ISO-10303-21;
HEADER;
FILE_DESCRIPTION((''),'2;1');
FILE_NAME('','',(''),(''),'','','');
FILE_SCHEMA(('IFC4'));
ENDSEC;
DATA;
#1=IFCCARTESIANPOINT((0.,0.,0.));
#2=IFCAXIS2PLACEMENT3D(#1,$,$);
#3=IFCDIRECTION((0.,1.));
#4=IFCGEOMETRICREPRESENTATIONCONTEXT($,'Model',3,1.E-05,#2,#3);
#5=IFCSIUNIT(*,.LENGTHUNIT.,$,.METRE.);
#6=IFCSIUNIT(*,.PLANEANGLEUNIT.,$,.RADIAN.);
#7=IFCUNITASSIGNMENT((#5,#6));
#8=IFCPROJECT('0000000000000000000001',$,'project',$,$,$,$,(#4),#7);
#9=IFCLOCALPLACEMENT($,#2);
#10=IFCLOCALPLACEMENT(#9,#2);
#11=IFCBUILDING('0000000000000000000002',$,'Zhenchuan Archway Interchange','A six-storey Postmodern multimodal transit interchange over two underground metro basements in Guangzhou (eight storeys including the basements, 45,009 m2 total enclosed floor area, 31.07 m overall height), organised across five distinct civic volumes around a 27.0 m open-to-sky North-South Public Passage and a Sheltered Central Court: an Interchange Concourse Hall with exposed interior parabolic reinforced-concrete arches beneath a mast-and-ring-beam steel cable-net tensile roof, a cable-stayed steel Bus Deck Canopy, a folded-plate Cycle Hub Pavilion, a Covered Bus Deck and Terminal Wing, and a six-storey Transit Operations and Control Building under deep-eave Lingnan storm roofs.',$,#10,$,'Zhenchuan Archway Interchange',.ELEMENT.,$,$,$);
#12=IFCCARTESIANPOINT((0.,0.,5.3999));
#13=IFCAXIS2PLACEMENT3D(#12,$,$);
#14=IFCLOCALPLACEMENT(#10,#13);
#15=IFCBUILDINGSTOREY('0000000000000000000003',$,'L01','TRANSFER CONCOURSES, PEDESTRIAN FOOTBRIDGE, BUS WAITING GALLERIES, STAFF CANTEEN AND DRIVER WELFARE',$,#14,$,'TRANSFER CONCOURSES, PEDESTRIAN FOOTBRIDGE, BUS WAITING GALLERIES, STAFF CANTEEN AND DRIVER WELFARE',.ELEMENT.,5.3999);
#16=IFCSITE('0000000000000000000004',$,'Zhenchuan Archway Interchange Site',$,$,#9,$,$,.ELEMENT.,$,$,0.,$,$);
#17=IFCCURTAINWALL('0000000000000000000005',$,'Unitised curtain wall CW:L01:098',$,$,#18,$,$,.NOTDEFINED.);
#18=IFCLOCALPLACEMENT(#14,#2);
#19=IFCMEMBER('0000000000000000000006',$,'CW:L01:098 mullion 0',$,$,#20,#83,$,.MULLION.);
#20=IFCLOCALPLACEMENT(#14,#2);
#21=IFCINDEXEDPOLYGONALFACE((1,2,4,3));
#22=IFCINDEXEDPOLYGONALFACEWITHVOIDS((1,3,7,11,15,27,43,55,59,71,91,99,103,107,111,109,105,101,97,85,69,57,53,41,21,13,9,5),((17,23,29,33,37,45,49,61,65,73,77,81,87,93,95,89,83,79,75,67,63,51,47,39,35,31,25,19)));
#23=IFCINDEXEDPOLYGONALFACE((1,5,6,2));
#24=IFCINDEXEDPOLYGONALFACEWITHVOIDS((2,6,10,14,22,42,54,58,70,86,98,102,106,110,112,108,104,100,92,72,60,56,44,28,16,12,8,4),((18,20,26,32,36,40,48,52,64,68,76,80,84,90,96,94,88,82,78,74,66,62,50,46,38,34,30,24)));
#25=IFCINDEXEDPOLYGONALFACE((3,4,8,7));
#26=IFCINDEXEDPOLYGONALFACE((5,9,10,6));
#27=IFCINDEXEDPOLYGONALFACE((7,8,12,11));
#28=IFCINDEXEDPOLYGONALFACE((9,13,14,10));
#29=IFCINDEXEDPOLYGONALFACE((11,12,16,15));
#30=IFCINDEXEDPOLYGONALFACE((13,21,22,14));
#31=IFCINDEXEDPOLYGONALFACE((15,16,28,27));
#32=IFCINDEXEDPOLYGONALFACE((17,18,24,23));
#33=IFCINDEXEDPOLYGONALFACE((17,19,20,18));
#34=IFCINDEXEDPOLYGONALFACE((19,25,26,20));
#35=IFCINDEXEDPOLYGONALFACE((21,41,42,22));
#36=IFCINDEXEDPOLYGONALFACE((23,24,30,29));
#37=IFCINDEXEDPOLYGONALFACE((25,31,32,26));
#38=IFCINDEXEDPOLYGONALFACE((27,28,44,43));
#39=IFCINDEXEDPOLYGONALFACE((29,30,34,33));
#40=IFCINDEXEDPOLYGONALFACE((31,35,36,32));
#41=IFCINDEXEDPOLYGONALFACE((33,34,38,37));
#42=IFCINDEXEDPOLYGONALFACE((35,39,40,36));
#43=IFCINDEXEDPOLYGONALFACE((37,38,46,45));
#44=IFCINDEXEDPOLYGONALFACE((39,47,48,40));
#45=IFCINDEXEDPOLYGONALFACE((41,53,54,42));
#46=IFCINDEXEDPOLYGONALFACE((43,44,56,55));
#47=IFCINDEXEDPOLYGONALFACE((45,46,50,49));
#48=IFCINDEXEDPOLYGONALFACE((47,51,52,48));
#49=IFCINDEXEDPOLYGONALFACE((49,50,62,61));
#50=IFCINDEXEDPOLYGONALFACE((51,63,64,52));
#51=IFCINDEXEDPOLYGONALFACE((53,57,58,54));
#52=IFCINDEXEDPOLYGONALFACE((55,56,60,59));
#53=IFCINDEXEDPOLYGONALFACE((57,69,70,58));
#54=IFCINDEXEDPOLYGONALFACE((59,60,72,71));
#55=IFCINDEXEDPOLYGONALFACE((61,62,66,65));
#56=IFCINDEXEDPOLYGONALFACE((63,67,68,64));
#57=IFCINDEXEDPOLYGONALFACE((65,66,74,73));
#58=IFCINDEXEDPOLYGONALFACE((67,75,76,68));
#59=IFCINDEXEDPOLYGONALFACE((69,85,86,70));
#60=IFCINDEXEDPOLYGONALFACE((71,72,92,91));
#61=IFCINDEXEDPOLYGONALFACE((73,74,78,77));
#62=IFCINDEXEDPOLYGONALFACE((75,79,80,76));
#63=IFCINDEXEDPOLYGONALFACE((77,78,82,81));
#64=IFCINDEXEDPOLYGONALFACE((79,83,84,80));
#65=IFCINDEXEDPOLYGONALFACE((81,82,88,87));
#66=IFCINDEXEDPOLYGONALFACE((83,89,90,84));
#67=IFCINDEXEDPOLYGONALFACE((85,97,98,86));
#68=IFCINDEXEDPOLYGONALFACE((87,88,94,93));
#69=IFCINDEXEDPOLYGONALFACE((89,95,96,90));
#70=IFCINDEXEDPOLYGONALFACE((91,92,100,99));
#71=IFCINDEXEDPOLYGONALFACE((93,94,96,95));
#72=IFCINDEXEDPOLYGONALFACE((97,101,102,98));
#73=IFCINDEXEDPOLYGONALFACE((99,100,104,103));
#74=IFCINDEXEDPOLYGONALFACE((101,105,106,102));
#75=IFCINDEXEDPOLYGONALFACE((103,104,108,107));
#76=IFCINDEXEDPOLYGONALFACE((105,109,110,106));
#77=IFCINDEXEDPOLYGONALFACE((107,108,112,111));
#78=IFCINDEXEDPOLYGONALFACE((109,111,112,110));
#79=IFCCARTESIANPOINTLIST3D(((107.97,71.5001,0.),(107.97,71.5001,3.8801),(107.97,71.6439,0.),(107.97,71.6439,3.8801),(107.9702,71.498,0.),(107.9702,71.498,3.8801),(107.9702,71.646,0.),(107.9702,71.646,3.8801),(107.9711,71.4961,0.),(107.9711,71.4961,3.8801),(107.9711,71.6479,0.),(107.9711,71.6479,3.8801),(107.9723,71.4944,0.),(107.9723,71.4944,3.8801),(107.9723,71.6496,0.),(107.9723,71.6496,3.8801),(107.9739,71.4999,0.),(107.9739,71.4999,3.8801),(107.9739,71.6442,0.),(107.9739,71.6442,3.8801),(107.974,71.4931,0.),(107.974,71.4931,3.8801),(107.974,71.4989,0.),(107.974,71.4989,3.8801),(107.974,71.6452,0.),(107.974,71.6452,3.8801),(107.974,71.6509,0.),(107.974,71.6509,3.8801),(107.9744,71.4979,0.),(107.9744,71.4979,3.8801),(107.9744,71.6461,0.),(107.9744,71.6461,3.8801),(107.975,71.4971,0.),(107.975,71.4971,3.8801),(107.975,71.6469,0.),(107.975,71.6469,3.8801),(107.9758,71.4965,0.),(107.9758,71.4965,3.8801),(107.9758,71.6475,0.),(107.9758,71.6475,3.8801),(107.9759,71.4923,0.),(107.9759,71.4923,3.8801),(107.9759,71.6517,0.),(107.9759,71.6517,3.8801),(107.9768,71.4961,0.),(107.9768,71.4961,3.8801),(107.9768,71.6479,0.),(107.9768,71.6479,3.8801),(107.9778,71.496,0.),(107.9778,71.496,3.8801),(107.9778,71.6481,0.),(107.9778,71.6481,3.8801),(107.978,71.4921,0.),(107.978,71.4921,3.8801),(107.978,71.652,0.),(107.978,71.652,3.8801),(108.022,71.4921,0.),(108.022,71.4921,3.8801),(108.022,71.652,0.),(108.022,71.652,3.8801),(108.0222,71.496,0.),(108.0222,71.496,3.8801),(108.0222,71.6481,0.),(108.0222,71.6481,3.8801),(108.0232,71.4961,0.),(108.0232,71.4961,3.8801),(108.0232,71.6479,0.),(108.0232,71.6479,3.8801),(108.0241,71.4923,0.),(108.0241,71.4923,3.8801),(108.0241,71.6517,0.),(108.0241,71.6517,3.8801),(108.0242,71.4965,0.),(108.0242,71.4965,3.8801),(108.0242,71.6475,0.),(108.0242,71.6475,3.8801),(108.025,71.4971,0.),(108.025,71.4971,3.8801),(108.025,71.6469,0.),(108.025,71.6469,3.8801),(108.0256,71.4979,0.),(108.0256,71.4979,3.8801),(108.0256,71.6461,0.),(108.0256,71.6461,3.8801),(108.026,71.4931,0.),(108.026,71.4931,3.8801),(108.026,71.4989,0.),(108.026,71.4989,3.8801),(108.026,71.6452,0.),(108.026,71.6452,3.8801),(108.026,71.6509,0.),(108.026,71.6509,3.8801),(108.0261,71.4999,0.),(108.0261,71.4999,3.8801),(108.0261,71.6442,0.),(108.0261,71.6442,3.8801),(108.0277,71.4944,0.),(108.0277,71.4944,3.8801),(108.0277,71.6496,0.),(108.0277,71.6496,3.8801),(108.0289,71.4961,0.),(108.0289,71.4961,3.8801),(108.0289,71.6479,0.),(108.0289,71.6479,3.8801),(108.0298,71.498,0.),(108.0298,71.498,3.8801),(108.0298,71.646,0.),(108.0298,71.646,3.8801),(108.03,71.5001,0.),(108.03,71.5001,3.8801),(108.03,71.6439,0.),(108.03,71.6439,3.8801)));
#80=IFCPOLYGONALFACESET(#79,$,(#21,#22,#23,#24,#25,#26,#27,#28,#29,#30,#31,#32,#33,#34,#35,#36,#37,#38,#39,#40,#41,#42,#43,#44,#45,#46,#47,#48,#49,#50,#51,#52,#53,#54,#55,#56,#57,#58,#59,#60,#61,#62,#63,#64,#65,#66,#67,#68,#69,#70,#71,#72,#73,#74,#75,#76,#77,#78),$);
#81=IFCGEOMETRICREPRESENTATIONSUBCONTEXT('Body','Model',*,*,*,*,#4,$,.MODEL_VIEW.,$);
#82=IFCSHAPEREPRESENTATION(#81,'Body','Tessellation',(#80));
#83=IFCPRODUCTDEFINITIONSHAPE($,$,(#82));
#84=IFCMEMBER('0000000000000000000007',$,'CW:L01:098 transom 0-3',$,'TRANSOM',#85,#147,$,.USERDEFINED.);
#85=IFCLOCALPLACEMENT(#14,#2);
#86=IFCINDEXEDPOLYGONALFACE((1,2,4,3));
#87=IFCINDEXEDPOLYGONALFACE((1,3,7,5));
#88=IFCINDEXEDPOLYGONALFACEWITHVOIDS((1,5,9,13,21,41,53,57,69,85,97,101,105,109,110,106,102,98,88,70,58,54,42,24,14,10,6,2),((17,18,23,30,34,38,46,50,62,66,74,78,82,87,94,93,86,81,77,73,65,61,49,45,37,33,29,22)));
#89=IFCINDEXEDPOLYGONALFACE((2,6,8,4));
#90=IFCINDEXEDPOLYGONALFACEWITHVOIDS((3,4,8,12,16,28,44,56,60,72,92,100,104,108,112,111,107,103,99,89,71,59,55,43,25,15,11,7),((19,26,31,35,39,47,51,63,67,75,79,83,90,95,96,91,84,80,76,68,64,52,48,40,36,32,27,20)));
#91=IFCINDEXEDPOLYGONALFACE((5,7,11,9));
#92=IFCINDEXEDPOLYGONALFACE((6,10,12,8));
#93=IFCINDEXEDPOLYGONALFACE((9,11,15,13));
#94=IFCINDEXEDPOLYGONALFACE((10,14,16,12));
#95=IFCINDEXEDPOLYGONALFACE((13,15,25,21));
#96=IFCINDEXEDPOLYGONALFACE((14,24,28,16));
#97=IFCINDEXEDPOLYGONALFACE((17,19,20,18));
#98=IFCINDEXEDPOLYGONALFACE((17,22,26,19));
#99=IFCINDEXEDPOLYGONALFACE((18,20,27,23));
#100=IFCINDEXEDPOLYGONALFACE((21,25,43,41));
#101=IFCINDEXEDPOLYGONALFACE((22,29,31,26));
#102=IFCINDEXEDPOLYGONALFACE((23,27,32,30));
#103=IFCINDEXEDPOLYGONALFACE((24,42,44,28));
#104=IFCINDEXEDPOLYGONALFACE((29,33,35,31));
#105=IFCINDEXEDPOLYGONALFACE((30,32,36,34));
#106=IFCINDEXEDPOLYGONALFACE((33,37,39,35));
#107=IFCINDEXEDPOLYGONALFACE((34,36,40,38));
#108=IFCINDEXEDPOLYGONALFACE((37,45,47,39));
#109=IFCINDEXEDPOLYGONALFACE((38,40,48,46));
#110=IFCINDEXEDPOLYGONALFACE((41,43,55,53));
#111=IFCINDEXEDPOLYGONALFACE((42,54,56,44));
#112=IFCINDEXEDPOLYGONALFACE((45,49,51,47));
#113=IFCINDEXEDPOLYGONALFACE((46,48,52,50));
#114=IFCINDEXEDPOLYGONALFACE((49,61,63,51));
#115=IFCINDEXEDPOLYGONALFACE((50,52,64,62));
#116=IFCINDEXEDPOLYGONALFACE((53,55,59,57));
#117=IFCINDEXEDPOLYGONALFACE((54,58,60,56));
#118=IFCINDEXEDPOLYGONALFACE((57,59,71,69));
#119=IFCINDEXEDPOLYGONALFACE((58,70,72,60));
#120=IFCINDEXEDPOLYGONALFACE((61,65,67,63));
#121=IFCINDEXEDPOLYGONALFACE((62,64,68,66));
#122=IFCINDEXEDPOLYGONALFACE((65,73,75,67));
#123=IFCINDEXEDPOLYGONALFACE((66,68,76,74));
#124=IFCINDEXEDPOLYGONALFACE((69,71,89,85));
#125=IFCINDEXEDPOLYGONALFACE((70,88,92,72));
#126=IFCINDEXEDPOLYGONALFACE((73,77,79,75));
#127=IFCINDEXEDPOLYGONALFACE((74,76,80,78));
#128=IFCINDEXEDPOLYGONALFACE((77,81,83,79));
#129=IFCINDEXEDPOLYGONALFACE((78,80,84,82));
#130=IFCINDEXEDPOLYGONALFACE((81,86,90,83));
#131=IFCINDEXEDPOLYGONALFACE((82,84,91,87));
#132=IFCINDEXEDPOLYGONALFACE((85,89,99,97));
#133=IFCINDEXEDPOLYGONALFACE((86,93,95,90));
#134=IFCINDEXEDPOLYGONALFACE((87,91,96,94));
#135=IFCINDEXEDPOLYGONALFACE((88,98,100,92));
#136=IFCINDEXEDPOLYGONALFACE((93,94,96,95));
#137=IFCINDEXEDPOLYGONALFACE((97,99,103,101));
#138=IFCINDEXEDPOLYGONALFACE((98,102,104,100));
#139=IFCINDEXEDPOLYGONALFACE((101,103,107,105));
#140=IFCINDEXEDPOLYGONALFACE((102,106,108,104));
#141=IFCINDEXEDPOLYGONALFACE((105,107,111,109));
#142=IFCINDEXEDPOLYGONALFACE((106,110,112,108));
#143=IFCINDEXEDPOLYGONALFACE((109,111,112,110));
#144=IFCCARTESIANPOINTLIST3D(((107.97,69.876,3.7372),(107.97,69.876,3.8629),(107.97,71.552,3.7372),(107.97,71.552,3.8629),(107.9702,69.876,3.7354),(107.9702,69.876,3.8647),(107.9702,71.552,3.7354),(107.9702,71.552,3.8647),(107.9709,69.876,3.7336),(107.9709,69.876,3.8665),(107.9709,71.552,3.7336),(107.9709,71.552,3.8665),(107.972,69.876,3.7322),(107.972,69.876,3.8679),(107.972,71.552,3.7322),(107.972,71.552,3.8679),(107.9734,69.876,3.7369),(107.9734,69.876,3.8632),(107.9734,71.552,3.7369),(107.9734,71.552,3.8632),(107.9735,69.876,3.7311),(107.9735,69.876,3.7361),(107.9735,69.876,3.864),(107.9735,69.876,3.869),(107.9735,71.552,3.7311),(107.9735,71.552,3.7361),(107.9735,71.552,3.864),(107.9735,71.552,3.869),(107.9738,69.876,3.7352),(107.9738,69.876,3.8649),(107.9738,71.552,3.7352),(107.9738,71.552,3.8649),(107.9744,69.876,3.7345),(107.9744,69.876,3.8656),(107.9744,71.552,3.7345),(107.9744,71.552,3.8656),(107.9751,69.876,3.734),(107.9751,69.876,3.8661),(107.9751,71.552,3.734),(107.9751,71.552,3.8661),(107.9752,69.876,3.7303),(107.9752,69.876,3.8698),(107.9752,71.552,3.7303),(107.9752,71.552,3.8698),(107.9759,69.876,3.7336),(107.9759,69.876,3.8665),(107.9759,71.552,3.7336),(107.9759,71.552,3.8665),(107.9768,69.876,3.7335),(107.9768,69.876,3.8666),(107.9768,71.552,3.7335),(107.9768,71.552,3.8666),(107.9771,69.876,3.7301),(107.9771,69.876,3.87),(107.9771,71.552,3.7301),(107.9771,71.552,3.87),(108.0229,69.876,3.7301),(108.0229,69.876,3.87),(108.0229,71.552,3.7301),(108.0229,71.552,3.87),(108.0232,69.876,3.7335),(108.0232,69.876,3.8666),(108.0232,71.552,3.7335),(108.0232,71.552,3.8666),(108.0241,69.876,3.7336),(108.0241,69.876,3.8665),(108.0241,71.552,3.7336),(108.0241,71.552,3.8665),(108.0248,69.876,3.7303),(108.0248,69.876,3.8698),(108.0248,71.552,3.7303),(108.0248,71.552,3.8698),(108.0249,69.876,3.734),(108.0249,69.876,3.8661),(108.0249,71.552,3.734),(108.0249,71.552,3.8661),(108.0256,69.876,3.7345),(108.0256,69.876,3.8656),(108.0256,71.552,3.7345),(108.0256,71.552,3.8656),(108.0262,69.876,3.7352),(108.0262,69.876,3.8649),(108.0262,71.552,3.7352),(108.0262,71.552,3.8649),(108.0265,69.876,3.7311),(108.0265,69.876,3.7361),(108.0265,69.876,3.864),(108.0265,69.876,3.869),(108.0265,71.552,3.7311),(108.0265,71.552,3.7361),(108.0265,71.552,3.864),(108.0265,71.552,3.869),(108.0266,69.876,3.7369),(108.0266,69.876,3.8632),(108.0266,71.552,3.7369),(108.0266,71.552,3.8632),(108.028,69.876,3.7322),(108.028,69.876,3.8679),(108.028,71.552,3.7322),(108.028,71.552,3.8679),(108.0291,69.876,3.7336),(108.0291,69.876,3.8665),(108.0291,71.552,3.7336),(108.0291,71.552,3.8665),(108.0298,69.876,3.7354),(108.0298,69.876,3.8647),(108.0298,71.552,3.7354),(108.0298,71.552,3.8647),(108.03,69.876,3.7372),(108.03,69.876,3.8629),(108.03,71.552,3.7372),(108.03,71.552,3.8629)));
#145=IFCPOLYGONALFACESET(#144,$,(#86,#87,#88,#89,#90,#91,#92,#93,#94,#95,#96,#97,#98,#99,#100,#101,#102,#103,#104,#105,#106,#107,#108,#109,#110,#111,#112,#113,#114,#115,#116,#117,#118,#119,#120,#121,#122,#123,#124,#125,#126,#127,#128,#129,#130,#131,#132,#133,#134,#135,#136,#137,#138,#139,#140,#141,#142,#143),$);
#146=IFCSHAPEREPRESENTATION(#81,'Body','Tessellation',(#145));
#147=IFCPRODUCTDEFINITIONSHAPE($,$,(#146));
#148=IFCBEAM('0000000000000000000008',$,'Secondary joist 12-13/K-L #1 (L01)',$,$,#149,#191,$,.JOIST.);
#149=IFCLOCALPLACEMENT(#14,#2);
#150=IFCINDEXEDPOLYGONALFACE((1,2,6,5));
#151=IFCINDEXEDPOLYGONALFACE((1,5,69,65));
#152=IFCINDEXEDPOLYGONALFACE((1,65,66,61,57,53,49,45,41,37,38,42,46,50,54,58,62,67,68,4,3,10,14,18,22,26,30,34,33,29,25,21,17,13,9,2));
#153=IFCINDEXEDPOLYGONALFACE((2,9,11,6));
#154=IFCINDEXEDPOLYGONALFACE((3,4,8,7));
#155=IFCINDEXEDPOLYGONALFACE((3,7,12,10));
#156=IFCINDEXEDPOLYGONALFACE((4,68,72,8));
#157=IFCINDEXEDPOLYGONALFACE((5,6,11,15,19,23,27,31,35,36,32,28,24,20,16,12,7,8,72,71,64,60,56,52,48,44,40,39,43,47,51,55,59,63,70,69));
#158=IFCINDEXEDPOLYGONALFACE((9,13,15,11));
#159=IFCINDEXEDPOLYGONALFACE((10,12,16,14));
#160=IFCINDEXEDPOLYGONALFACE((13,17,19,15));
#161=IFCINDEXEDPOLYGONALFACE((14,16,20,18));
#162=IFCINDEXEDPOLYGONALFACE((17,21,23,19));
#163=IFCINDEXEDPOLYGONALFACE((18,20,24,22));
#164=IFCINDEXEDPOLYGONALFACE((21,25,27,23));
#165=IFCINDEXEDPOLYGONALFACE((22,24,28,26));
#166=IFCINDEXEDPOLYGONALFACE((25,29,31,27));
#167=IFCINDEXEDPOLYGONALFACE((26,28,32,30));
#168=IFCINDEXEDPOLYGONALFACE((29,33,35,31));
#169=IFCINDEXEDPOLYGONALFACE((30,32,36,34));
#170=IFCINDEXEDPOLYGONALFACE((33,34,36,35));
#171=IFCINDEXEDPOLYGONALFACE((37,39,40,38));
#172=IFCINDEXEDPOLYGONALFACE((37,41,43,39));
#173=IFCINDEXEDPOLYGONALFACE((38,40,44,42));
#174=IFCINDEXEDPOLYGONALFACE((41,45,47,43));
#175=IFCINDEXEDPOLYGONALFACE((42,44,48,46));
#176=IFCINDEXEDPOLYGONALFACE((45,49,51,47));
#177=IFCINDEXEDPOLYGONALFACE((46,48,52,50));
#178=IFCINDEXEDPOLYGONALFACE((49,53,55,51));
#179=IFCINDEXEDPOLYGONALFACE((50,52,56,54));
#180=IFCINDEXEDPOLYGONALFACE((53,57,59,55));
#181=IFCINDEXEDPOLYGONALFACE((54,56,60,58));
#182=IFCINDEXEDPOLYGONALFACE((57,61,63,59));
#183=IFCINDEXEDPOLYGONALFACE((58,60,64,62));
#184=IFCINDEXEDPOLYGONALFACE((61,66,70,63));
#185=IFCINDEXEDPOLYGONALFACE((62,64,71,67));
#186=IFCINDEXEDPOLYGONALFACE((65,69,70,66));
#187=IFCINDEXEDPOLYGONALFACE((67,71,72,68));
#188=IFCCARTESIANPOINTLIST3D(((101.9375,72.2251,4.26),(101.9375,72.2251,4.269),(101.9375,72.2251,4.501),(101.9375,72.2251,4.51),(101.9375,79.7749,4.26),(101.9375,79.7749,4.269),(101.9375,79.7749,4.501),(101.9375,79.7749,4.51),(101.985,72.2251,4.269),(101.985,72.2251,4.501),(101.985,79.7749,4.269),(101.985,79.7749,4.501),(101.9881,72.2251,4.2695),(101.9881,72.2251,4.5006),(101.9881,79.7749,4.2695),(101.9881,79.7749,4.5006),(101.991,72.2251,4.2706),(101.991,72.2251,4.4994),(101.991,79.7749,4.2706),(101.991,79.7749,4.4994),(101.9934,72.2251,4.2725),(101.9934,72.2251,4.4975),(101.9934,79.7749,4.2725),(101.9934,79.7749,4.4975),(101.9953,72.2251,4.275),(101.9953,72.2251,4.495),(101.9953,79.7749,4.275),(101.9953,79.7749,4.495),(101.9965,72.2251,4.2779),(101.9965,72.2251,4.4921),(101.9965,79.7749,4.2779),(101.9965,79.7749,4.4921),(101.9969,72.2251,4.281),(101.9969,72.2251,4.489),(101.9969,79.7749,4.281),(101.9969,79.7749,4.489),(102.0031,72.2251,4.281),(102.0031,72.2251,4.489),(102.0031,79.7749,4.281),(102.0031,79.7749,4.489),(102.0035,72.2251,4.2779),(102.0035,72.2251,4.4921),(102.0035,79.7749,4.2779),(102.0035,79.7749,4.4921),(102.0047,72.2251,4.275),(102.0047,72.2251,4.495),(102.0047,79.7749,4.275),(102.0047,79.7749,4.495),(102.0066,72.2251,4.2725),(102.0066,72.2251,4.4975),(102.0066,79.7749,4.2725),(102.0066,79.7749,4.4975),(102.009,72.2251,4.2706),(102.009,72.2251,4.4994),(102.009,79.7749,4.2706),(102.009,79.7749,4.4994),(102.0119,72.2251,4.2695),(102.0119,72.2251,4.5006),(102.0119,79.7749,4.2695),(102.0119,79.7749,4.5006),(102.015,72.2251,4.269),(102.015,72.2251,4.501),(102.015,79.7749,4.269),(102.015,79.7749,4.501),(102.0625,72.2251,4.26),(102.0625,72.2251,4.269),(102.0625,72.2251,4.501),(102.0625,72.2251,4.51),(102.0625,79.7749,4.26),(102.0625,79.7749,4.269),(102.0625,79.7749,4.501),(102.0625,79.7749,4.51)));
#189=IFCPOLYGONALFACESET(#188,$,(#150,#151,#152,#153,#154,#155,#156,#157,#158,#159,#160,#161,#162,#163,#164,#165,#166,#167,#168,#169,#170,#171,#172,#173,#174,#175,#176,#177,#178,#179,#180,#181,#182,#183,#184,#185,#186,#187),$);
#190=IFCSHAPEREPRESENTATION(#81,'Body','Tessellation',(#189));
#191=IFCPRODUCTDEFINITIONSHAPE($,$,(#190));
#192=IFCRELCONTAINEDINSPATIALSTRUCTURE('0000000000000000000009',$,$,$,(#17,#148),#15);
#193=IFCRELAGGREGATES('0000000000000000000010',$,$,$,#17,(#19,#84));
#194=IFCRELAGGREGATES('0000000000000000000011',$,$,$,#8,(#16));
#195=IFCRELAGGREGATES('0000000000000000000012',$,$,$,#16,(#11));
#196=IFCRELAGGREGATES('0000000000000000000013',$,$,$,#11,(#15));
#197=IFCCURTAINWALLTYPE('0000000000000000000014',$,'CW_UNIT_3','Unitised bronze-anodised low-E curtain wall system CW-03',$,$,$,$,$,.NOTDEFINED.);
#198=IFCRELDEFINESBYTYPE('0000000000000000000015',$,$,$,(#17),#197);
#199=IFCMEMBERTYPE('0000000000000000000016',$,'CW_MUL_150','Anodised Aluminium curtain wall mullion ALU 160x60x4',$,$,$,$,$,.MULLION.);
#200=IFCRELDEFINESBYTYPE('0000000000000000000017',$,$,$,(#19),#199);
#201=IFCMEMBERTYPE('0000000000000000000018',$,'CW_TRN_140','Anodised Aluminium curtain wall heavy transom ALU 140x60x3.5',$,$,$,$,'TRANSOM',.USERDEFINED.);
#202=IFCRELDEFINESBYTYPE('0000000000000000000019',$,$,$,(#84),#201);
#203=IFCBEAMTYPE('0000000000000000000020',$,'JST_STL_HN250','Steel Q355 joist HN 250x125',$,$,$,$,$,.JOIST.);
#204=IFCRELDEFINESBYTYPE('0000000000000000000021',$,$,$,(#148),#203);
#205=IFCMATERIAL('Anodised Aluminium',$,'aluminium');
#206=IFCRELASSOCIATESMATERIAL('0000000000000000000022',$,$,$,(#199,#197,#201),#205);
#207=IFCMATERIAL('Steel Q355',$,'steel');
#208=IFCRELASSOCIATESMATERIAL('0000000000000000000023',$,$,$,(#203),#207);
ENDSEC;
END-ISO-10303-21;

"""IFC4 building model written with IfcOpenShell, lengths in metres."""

from ifc_helpers import new_model, si_unit, direction, frame, origin, origin_2d, place, context, subcontext, project, spatial, hollow_rectangle, i_section, extrude, material, material_profile, profile_set, type_object, element, aggregate, save


model = new_model("IFC4")

# Units and contexts
model_context = context("Model", 3, precision=1e-05, world=origin(), true_north=direction((0.0, 1.0)))
body_context = subcontext(model_context, "Body", "Model", "MODEL_VIEW")
ifc_project = project(units=[si_unit("LENGTHUNIT", "METRE"), si_unit("PLANEANGLEUNIT", "RADIAN")], contexts=[model_context])

# Site, building, storey
site_placement = place(None, origin())
site = spatial("IfcSite", under=ifc_project, at=site_placement, Name="Zhenchuan Archway Interchange Site", CompositionType="ELEMENT", RefElevation=0.0)
building_placement = place(site_placement, origin())
building = spatial("IfcBuilding", under=site, at=building_placement, Name="Zhenchuan Archway Interchange", Description="A six-storey Postmodern multimodal transit interchange over two underground metro basements in Guangzhou (eight storeys including the basements, 45,009 m2 total enclosed floor area, 31.07 m overall height), organised across five distinct civic volumes around a 27.0 m open-to-sky North-South Public Passage and a Sheltered Central Court: an Interchange Concourse Hall with exposed interior parabolic reinforced-concrete arches beneath a mast-and-ring-beam steel cable-net tensile roof, a cable-stayed steel Bus Deck Canopy, a folded-plate Cycle Hub Pavilion, a Covered Bus Deck and Terminal Wing, and a six-storey Transit Operations and Control Building under deep-eave Lingnan storm roofs.", LongName="Zhenchuan Archway Interchange", CompositionType="ELEMENT")
storey_placement = place(building_placement, frame((0.0, 0.0, 5.3999)))
storey = spatial("IfcBuildingStorey", under=building, at=storey_placement, Name="L01", Description="TRANSFER CONCOURSES, PEDESTRIAN FOOTBRIDGE, BUS WAITING GALLERIES, STAFF CANTEEN AND DRIVER WELFARE", LongName="TRANSFER CONCOURSES, PEDESTRIAN FOOTBRIDGE, BUS WAITING GALLERIES, STAFF CANTEEN AND DRIVER WELFARE", CompositionType="ELEMENT", Elevation=5.3999)

# Shared definitions
ifc_material_1 = material(Name="Anodised Aluminium", Category="aluminium")
ifc_material_profile_1 = material_profile(ifc_material_1, hollow_rectangle(XDim=0.0601, YDim=0.1599, WallThickness=0.0039, InnerFilletRadius=0.0039, OuterFilletRadius=0.0081, at=origin_2d()), Name="ALU 160x60x4")
ifc_profile_set_1 = profile_set([ifc_material_profile_1], Name="Anodised Aluminium")
member_type_1 = type_object("IfcMemberType", Name="CW_MUL_150", Description="Anodised Aluminium curtain wall mullion ALU 160x60x4", PredefinedType="MULLION", material=ifc_profile_set_1)

# Curtain wall, members
curtain_wall_type_1 = type_object("IfcCurtainWallType", Name="CW_UNIT_3", Description="Unitised bronze-anodised low-E curtain wall system CW-03", PredefinedType="NOTDEFINED", material=ifc_material_1)
curtain_wall_1_placement = place(storey_placement, origin())
curtain_wall_1 = element("IfcCurtainWall", 1, at=curtain_wall_1_placement, inside=storey, type_object=curtain_wall_type_1, Name="Unitised curtain wall CW:L01:098", PredefinedType="NOTDEFINED")
member_1_placement = place(storey_placement, frame((108.0, 71.572, 0.0), z_axis=(0.0, 0.0, 1.0), x_axis=(1.0, 0.0, 0.0)))
member_1 = element("IfcMember", 2, at=member_1_placement, type_object=member_type_1, Name="CW:L01:098 mullion 0", PredefinedType="MULLION", context=body_context, shape_type="SweptSolid", body=[
    extrude(hollow_rectangle(XDim=0.0601, YDim=0.1599, WallThickness=0.0039, InnerFilletRadius=0.0039, OuterFilletRadius=0.0081, at=origin_2d()), origin(), (0.0, 0.0, 1.0), 3.8801),
])
ifc_material_profile_2 = material_profile(ifc_material_1, hollow_rectangle(XDim=0.0601, YDim=0.1399, WallThickness=0.0034, InnerFilletRadius=0.0034, OuterFilletRadius=0.0071, at=origin_2d()), Name="ALU 140x60x3.5")
ifc_profile_set_2 = profile_set([ifc_material_profile_2], Name="Anodised Aluminium")
member_type_2 = type_object("IfcMemberType", Name="CW_TRN_140", Description="Anodised Aluminium curtain wall heavy transom ALU 140x60x3.5", ElementType="TRANSOM", PredefinedType="USERDEFINED", material=ifc_profile_set_2)
member_2_placement = place(storey_placement, frame((108.0, 71.552, 3.8), z_axis=(0.0, -1.0, 0.0), x_axis=(1.0, 0.0, 0.0)))
member_2 = element("IfcMember", 3, at=member_2_placement, type_object=member_type_2, Name="CW:L01:098 transom 0-3", ObjectType="TRANSOM", PredefinedType="USERDEFINED", context=body_context, shape_type="SweptSolid", body=[
    extrude(hollow_rectangle(XDim=0.0601, YDim=0.1399, WallThickness=0.0034, InnerFilletRadius=0.0034, OuterFilletRadius=0.0071, at=origin_2d()), origin(), (0.0, 0.0, 1.0), 1.676),
])
aggregate(curtain_wall_1, [member_1, member_2])

# Beam
ifc_material_2 = material(Name="Steel Q355", Category="steel")
ifc_material_profile_3 = material_profile(ifc_material_2, i_section(OverallWidth=0.125, OverallDepth=0.25, WebThickness=0.0061, FlangeThickness=0.009, FilletRadius=0.012, at=origin_2d()), Name="HN 250x125")
ifc_profile_set_3 = profile_set([ifc_material_profile_3], Name="Steel Q355")
beam_type_1 = type_object("IfcBeamType", Name="JST_STL_HN250", Description="Steel Q355 joist HN 250x125", PredefinedType="JOIST", material=ifc_profile_set_3)
for number, where, z_axis, x_axis, name in (
    (4, (102.0, 72.2251, 4.385), (0.0, 1.0, 0.0), (-1.0, 0.0, 0.0), "Secondary joist 12-13/K-L #1 (L01)"),
):
    element("IfcBeam", number, at=place(storey_placement, frame(where, z_axis=z_axis, x_axis=x_axis)), inside=storey, type_object=beam_type_1, Name=name, PredefinedType="JOIST", context=body_context, shape_type="SweptSolid", body=[
        extrude(i_section(OverallWidth=0.125, OverallDepth=0.25, WebThickness=0.0061, FlangeThickness=0.009, FilletRadius=0.012, at=origin_2d()), origin(), (0.0, 0.0, 1.0), 7.5498),
    ])

save(model, "model.ifc")
